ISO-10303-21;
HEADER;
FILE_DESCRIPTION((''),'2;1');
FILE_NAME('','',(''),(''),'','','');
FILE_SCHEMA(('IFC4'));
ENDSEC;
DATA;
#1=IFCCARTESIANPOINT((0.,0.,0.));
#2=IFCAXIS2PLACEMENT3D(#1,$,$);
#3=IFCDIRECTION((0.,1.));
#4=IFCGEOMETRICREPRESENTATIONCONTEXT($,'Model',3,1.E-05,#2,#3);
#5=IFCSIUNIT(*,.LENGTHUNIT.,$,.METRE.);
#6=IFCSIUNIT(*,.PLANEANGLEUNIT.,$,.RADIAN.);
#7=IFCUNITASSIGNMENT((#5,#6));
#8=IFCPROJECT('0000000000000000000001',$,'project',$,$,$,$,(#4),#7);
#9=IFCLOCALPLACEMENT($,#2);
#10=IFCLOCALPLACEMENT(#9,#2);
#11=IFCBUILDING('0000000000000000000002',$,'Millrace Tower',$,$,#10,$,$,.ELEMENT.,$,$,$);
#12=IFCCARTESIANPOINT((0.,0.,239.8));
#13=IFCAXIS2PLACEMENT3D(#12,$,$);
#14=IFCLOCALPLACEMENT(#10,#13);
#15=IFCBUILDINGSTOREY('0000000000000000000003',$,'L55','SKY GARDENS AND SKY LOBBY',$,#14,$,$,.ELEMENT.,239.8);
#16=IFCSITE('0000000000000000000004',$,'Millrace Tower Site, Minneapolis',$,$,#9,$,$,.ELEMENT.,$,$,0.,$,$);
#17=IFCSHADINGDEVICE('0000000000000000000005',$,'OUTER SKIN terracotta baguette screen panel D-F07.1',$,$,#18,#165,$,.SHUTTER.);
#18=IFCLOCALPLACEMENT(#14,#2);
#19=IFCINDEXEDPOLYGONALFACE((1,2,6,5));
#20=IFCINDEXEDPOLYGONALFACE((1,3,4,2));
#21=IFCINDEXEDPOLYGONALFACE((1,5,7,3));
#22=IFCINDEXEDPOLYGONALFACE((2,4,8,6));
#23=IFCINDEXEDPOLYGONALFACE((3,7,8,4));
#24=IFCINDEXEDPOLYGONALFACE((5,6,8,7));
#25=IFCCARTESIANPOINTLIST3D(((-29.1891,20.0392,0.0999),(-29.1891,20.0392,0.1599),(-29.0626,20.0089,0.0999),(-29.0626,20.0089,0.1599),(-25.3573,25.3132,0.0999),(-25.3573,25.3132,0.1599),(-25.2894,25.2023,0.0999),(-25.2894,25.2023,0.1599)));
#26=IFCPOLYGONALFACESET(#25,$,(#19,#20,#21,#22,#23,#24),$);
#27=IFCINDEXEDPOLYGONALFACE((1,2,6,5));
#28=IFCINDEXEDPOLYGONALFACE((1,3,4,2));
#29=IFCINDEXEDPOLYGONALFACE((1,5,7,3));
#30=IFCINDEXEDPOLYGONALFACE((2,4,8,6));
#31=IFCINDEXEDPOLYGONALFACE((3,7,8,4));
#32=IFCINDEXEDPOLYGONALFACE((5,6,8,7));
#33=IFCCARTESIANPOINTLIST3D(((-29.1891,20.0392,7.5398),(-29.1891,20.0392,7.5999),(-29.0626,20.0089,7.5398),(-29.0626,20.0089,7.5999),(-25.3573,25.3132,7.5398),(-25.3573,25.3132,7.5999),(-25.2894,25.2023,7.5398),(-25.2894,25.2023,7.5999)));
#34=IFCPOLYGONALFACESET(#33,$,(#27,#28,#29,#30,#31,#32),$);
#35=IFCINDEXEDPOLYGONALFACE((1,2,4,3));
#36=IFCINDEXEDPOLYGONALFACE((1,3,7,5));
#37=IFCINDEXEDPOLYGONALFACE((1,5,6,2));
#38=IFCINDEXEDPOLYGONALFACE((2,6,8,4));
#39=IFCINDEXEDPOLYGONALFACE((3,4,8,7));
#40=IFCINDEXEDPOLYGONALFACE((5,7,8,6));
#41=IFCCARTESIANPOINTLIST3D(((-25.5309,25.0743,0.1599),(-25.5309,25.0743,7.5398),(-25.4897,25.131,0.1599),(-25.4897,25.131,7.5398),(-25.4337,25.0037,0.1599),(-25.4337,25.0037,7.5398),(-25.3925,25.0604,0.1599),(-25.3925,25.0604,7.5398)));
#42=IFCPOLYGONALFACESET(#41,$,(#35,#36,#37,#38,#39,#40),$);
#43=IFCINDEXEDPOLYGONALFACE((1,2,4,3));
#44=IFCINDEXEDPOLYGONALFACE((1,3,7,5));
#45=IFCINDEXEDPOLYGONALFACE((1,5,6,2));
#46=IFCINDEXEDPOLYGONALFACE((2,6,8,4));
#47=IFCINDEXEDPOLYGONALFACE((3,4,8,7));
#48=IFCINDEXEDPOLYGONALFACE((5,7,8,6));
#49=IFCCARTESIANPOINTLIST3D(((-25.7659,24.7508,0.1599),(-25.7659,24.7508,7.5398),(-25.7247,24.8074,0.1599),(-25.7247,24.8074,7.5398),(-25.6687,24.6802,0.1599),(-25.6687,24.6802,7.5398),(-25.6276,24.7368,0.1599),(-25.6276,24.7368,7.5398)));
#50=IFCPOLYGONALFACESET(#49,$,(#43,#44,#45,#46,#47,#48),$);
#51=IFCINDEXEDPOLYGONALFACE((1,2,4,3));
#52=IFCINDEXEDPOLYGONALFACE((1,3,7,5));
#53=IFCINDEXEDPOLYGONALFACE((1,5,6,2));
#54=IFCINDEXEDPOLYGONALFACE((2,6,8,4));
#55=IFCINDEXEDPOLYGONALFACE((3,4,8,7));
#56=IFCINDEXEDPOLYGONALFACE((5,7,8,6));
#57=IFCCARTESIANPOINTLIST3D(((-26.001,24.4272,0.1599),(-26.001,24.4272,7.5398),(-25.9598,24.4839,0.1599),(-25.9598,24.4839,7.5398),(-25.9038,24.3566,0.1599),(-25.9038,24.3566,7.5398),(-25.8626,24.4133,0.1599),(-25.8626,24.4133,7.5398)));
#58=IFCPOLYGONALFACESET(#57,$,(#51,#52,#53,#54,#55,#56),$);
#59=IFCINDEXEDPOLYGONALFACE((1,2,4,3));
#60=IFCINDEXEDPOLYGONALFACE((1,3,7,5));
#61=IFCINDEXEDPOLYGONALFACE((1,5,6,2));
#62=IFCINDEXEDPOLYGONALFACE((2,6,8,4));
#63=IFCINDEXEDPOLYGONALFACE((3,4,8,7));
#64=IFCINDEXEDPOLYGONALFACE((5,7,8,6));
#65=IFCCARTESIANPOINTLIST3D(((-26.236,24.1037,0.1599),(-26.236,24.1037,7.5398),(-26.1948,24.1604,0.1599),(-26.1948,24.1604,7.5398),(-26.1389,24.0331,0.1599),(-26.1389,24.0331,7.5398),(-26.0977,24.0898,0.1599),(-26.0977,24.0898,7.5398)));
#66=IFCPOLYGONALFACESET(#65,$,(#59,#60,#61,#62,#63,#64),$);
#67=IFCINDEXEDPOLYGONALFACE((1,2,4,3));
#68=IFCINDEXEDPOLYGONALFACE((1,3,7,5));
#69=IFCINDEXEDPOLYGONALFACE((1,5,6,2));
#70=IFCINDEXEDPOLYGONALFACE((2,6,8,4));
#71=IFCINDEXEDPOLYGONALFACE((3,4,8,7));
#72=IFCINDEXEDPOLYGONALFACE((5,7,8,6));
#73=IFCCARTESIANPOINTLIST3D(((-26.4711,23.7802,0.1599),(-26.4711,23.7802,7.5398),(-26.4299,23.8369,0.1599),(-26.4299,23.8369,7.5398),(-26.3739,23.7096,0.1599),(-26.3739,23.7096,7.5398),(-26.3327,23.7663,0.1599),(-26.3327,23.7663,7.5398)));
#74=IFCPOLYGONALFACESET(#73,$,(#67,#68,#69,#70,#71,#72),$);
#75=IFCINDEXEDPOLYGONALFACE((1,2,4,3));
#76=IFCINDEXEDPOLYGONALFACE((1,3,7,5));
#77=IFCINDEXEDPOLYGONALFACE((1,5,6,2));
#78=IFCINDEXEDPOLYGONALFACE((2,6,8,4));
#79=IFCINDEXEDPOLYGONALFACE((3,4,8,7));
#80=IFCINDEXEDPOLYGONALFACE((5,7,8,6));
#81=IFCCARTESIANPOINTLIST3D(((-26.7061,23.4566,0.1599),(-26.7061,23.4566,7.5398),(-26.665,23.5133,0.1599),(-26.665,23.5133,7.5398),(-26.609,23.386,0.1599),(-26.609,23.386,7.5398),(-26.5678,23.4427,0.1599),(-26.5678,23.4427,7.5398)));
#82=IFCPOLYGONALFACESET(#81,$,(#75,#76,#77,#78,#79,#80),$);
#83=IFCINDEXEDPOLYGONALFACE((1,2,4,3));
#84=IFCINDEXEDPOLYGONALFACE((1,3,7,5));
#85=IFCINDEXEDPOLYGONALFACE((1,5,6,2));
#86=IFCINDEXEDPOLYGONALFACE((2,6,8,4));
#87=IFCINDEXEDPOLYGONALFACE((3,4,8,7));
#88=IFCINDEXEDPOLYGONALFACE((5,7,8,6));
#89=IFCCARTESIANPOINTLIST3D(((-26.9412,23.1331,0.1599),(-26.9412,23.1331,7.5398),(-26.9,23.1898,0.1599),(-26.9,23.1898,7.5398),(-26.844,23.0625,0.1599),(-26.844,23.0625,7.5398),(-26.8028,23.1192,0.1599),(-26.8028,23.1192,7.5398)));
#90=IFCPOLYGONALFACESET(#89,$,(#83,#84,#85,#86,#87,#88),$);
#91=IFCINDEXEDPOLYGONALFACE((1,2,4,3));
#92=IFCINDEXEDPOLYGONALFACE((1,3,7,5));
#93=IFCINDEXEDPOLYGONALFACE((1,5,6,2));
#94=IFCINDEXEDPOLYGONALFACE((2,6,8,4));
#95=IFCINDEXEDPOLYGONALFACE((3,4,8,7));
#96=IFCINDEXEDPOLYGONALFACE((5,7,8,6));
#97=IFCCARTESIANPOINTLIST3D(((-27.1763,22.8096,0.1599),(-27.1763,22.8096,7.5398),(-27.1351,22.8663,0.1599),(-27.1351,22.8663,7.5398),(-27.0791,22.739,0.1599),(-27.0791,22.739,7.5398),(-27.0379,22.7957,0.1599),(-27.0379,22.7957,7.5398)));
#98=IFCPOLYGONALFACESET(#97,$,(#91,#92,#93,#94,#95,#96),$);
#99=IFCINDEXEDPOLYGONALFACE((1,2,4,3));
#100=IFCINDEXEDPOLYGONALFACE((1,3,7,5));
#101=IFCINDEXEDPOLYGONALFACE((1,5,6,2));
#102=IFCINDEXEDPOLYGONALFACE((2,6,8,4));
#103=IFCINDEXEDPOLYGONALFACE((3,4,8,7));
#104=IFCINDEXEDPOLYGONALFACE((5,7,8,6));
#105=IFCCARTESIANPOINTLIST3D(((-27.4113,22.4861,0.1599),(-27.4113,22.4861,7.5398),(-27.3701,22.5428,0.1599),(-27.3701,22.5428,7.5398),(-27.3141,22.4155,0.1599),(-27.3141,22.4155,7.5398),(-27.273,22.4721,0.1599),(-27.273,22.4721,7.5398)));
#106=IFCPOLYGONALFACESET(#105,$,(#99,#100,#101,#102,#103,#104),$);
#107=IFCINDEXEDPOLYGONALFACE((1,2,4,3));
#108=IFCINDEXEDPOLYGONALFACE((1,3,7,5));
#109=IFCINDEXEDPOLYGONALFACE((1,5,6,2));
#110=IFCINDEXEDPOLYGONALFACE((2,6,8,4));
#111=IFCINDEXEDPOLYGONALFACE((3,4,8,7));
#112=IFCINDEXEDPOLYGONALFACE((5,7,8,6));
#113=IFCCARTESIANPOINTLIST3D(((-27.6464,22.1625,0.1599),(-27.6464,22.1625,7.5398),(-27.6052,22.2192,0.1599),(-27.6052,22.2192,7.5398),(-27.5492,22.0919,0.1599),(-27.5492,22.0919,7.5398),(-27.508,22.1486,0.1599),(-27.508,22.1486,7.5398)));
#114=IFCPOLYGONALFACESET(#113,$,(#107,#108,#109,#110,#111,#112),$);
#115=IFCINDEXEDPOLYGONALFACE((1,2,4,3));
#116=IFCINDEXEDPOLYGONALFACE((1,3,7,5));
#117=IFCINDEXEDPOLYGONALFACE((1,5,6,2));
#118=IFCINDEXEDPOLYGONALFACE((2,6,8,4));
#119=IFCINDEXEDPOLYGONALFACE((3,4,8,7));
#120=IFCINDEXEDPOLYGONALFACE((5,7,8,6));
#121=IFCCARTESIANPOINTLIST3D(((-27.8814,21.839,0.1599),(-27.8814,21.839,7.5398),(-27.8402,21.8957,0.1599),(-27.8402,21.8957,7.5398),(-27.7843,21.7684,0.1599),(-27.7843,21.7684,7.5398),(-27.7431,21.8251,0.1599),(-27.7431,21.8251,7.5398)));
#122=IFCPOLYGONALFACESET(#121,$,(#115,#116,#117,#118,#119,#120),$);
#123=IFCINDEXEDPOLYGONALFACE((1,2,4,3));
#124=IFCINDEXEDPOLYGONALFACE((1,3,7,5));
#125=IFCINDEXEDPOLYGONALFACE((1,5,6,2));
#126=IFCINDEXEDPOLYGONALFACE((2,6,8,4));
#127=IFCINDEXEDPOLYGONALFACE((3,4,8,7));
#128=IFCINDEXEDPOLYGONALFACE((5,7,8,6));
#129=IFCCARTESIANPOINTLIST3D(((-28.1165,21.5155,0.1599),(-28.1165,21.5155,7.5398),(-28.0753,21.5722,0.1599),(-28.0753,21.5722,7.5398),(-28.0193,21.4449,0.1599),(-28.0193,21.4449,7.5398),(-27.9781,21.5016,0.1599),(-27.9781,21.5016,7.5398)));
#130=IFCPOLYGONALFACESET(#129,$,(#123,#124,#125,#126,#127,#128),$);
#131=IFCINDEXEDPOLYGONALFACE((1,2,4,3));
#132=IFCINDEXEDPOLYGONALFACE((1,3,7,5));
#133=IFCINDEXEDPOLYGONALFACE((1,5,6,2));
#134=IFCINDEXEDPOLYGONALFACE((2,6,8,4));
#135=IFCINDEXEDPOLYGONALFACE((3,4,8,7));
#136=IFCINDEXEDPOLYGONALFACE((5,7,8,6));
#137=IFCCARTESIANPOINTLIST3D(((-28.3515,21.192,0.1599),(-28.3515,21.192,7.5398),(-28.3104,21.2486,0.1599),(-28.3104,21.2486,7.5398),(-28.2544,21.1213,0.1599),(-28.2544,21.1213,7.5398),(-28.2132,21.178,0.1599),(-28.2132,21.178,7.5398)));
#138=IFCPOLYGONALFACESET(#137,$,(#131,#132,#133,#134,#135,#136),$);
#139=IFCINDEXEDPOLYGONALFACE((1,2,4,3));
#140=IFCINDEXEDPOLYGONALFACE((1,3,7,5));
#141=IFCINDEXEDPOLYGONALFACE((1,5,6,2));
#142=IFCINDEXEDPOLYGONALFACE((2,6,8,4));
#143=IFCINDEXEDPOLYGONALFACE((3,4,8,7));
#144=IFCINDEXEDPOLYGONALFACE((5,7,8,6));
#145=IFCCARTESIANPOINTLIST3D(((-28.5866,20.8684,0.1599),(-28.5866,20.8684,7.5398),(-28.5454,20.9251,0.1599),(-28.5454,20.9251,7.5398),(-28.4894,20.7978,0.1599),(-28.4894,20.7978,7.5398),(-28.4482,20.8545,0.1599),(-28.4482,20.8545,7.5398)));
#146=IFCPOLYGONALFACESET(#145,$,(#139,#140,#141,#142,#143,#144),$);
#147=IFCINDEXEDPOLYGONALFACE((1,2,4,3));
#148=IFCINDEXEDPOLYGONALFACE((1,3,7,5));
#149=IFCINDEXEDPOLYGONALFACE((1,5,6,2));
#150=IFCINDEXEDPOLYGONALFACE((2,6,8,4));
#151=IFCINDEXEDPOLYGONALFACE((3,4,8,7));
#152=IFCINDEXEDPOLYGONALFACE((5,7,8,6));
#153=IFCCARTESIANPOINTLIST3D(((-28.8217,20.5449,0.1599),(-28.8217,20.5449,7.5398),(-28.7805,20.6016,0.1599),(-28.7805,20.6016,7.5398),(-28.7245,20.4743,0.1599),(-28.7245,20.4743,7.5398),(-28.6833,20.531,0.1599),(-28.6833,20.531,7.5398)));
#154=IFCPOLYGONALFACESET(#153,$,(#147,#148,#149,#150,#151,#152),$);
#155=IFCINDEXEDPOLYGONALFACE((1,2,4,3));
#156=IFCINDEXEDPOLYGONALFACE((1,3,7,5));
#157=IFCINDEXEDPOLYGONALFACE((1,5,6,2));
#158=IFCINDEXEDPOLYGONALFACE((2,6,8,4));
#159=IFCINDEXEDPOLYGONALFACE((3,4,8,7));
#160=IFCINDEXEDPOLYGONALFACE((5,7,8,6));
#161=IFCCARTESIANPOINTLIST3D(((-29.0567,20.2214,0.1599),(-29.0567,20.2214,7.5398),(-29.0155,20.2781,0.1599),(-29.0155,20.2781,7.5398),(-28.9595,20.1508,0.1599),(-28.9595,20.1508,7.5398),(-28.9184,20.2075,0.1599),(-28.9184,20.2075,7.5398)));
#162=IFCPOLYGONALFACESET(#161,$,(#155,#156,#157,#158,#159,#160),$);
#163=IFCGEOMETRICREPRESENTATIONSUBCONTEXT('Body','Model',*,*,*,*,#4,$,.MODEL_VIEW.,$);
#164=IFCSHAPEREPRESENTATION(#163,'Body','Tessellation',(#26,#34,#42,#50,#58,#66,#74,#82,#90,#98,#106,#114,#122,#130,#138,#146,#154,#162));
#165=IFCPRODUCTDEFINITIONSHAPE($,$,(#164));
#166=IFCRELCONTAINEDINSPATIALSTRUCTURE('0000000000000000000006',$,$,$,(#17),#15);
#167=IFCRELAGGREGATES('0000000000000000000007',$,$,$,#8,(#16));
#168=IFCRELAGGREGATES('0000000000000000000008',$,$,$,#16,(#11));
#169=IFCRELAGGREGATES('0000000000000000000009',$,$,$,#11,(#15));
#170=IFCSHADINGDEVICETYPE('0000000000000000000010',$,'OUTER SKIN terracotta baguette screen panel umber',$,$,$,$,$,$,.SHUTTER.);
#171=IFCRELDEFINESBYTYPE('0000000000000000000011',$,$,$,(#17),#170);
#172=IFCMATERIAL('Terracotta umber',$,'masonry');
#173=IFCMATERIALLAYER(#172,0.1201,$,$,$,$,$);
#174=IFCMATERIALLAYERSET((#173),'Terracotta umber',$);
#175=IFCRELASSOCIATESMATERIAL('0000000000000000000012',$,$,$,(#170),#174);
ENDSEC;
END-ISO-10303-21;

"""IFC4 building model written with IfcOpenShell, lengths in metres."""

from ifc_helpers import new_model, entity, si_unit, direction, frame, frame_2d, origin, place, context, subcontext, project, spatial, rectangle, extrude, source, transform, mapped, material, layer, layer_set, type_object, element, save


model = new_model("IFC4")

# Units and contexts
model_context = context("Model", 3, precision=1e-05, world=origin(), true_north=direction((0.0, 1.0)))
body_context = subcontext(model_context, "Body", "Model", "MODEL_VIEW")
ifc_project = project(units=[si_unit("LENGTHUNIT", "METRE"), si_unit("PLANEANGLEUNIT", "RADIAN")], contexts=[model_context])

# Site, building, storey
site_placement = place(None, origin())
site = spatial("IfcSite", under=ifc_project, at=site_placement, Name="Millrace Tower Site, Minneapolis", CompositionType="ELEMENT", RefElevation=0.0)
building_placement = place(site_placement, origin())
building = spatial("IfcBuilding", under=site, at=building_placement, Name="Millrace Tower", CompositionType="ELEMENT")
storey_placement = place(building_placement, frame((0.0, 0.0, 239.8)))
storey = spatial("IfcBuildingStorey", under=building, at=storey_placement, Name="L55", Description="SKY GARDENS AND SKY LOBBY", CompositionType="ELEMENT", Elevation=239.8)

# Shading device
ifc_material_1 = material(Name="Terracotta umber", Category="masonry")
ifc_layer_1 = layer(ifc_material_1, 0.1201)
ifc_layer_set_1 = layer_set([ifc_layer_1], Name="Terracotta umber")
shading_device_type = type_object("IfcShadingDeviceType", Name="OUTER SKIN terracotta baguette screen panel umber", PredefinedType="SHUTTER", material=ifc_layer_set_1)
cartesian_point_1 = entity("IfcCartesianPoint", [-3.2097, 0.0601])
shared_polyline_1 = entity("IfcPolyline", [cartesian_point_1, entity("IfcCartesianPoint", [3.2097, 0.0601]), entity("IfcCartesianPoint", [3.2595, -0.0601]), entity("IfcCartesianPoint", [-3.2595, -0.0601]), cartesian_point_1])
shared_shape_1 = source(origin(), body_context, "Body", "SweptSolid", [
    entity("IfcExtrudedAreaSolid", entity("IfcArbitraryClosedProfileDef", "AREA", None, shared_polyline_1), entity("IfcAxis2Placement3D", entity("IfcCartesianPoint", [0.0, 0.0, 0.0])), entity("IfcDirection", [0.0, 0.0, 1.0]), 0.0601),
    entity("IfcExtrudedAreaSolid", entity("IfcArbitraryClosedProfileDef", "AREA", None, shared_polyline_1), entity("IfcAxis2Placement3D", entity("IfcCartesianPoint", [0.0, 0.0, 7.4399])), entity("IfcDirection", [0.0, 0.0, 1.0]), 0.0601),
    extrude(rectangle(XDim=0.0701, YDim=0.1201, at=frame_2d((-2.9993, 0.0))), frame((0.0, 0.0, 0.0601)), (0.0, 0.0, 1.0), 7.3799),
    extrude(rectangle(XDim=0.0701, YDim=0.1201, at=frame_2d((-2.5994, 0.0))), frame((0.0, 0.0, 0.0601)), (0.0, 0.0, 1.0), 7.3799),
    extrude(rectangle(XDim=0.0701, YDim=0.1201, at=frame_2d((-2.1995, 0.0))), frame((0.0, 0.0, 0.0601)), (0.0, 0.0, 1.0), 7.3799),
    extrude(rectangle(XDim=0.0701, YDim=0.1201, at=frame_2d((-1.7996, 0.0))), frame((0.0, 0.0, 0.0601)), (0.0, 0.0, 1.0), 7.3799),
    extrude(rectangle(XDim=0.0701, YDim=0.1201, at=frame_2d((-1.3997, 0.0))), frame((0.0, 0.0, 0.0601)), (0.0, 0.0, 1.0), 7.3799),
    extrude(rectangle(XDim=0.0701, YDim=0.1201, at=frame_2d((-0.9998, 0.0))), frame((0.0, 0.0, 0.0601)), (0.0, 0.0, 1.0), 7.3799),
    extrude(rectangle(XDim=0.0701, YDim=0.1201, at=frame_2d((-0.5999, 0.0))), frame((0.0, 0.0, 0.0601)), (0.0, 0.0, 1.0), 7.3799),
    extrude(rectangle(XDim=0.0701, YDim=0.1201, at=frame_2d((-0.2, 0.0))), frame((0.0, 0.0, 0.0601)), (0.0, 0.0, 1.0), 7.3799),
    extrude(rectangle(XDim=0.0701, YDim=0.1201, at=frame_2d((0.2, 0.0))), frame((0.0, 0.0, 0.0601)), (0.0, 0.0, 1.0), 7.3799),
    extrude(rectangle(XDim=0.0701, YDim=0.1201, at=frame_2d((0.5999, 0.0))), frame((0.0, 0.0, 0.0601)), (0.0, 0.0, 1.0), 7.3799),
    extrude(rectangle(XDim=0.0701, YDim=0.1201, at=frame_2d((0.9998, 0.0))), frame((0.0, 0.0, 0.0601)), (0.0, 0.0, 1.0), 7.3799),
    extrude(rectangle(XDim=0.0701, YDim=0.1201, at=frame_2d((1.3997, 0.0))), frame((0.0, 0.0, 0.0601)), (0.0, 0.0, 1.0), 7.3799),
    extrude(rectangle(XDim=0.0701, YDim=0.1201, at=frame_2d((1.7996, 0.0))), frame((0.0, 0.0, 0.0601)), (0.0, 0.0, 1.0), 7.3799),
    extrude(rectangle(XDim=0.0701, YDim=0.1201, at=frame_2d((2.1995, 0.0))), frame((0.0, 0.0, 0.0601)), (0.0, 0.0, 1.0), 7.3799),
    extrude(rectangle(XDim=0.0701, YDim=0.1201, at=frame_2d((2.5994, 0.0))), frame((0.0, 0.0, 0.0601)), (0.0, 0.0, 1.0), 7.3799),
    extrude(rectangle(XDim=0.0701, YDim=0.1201, at=frame_2d((2.9993, 0.0))), frame((0.0, 0.0, 0.0601)), (0.0, 0.0, 1.0), 7.3799),
])
shading_device_1_placement = place(storey_placement, frame((-27.2246, 22.6409, 0.0999), z_axis=(0.0, 0.0, 1.0), x_axis=(-0.587785, -0.809017, 0.0)))
element("IfcShadingDevice", 1, at=shading_device_1_placement, inside=storey, type_object=shading_device_type, Name="OUTER SKIN terracotta baguette screen panel D-F07.1", PredefinedType="SHUTTER", context=body_context, shape_type="MappedRepresentation", body=[
    mapped(shared_shape_1, transform((0.0, 0.0, 0.0), scale=1.0)),
])

save(model, "model.ifc")
